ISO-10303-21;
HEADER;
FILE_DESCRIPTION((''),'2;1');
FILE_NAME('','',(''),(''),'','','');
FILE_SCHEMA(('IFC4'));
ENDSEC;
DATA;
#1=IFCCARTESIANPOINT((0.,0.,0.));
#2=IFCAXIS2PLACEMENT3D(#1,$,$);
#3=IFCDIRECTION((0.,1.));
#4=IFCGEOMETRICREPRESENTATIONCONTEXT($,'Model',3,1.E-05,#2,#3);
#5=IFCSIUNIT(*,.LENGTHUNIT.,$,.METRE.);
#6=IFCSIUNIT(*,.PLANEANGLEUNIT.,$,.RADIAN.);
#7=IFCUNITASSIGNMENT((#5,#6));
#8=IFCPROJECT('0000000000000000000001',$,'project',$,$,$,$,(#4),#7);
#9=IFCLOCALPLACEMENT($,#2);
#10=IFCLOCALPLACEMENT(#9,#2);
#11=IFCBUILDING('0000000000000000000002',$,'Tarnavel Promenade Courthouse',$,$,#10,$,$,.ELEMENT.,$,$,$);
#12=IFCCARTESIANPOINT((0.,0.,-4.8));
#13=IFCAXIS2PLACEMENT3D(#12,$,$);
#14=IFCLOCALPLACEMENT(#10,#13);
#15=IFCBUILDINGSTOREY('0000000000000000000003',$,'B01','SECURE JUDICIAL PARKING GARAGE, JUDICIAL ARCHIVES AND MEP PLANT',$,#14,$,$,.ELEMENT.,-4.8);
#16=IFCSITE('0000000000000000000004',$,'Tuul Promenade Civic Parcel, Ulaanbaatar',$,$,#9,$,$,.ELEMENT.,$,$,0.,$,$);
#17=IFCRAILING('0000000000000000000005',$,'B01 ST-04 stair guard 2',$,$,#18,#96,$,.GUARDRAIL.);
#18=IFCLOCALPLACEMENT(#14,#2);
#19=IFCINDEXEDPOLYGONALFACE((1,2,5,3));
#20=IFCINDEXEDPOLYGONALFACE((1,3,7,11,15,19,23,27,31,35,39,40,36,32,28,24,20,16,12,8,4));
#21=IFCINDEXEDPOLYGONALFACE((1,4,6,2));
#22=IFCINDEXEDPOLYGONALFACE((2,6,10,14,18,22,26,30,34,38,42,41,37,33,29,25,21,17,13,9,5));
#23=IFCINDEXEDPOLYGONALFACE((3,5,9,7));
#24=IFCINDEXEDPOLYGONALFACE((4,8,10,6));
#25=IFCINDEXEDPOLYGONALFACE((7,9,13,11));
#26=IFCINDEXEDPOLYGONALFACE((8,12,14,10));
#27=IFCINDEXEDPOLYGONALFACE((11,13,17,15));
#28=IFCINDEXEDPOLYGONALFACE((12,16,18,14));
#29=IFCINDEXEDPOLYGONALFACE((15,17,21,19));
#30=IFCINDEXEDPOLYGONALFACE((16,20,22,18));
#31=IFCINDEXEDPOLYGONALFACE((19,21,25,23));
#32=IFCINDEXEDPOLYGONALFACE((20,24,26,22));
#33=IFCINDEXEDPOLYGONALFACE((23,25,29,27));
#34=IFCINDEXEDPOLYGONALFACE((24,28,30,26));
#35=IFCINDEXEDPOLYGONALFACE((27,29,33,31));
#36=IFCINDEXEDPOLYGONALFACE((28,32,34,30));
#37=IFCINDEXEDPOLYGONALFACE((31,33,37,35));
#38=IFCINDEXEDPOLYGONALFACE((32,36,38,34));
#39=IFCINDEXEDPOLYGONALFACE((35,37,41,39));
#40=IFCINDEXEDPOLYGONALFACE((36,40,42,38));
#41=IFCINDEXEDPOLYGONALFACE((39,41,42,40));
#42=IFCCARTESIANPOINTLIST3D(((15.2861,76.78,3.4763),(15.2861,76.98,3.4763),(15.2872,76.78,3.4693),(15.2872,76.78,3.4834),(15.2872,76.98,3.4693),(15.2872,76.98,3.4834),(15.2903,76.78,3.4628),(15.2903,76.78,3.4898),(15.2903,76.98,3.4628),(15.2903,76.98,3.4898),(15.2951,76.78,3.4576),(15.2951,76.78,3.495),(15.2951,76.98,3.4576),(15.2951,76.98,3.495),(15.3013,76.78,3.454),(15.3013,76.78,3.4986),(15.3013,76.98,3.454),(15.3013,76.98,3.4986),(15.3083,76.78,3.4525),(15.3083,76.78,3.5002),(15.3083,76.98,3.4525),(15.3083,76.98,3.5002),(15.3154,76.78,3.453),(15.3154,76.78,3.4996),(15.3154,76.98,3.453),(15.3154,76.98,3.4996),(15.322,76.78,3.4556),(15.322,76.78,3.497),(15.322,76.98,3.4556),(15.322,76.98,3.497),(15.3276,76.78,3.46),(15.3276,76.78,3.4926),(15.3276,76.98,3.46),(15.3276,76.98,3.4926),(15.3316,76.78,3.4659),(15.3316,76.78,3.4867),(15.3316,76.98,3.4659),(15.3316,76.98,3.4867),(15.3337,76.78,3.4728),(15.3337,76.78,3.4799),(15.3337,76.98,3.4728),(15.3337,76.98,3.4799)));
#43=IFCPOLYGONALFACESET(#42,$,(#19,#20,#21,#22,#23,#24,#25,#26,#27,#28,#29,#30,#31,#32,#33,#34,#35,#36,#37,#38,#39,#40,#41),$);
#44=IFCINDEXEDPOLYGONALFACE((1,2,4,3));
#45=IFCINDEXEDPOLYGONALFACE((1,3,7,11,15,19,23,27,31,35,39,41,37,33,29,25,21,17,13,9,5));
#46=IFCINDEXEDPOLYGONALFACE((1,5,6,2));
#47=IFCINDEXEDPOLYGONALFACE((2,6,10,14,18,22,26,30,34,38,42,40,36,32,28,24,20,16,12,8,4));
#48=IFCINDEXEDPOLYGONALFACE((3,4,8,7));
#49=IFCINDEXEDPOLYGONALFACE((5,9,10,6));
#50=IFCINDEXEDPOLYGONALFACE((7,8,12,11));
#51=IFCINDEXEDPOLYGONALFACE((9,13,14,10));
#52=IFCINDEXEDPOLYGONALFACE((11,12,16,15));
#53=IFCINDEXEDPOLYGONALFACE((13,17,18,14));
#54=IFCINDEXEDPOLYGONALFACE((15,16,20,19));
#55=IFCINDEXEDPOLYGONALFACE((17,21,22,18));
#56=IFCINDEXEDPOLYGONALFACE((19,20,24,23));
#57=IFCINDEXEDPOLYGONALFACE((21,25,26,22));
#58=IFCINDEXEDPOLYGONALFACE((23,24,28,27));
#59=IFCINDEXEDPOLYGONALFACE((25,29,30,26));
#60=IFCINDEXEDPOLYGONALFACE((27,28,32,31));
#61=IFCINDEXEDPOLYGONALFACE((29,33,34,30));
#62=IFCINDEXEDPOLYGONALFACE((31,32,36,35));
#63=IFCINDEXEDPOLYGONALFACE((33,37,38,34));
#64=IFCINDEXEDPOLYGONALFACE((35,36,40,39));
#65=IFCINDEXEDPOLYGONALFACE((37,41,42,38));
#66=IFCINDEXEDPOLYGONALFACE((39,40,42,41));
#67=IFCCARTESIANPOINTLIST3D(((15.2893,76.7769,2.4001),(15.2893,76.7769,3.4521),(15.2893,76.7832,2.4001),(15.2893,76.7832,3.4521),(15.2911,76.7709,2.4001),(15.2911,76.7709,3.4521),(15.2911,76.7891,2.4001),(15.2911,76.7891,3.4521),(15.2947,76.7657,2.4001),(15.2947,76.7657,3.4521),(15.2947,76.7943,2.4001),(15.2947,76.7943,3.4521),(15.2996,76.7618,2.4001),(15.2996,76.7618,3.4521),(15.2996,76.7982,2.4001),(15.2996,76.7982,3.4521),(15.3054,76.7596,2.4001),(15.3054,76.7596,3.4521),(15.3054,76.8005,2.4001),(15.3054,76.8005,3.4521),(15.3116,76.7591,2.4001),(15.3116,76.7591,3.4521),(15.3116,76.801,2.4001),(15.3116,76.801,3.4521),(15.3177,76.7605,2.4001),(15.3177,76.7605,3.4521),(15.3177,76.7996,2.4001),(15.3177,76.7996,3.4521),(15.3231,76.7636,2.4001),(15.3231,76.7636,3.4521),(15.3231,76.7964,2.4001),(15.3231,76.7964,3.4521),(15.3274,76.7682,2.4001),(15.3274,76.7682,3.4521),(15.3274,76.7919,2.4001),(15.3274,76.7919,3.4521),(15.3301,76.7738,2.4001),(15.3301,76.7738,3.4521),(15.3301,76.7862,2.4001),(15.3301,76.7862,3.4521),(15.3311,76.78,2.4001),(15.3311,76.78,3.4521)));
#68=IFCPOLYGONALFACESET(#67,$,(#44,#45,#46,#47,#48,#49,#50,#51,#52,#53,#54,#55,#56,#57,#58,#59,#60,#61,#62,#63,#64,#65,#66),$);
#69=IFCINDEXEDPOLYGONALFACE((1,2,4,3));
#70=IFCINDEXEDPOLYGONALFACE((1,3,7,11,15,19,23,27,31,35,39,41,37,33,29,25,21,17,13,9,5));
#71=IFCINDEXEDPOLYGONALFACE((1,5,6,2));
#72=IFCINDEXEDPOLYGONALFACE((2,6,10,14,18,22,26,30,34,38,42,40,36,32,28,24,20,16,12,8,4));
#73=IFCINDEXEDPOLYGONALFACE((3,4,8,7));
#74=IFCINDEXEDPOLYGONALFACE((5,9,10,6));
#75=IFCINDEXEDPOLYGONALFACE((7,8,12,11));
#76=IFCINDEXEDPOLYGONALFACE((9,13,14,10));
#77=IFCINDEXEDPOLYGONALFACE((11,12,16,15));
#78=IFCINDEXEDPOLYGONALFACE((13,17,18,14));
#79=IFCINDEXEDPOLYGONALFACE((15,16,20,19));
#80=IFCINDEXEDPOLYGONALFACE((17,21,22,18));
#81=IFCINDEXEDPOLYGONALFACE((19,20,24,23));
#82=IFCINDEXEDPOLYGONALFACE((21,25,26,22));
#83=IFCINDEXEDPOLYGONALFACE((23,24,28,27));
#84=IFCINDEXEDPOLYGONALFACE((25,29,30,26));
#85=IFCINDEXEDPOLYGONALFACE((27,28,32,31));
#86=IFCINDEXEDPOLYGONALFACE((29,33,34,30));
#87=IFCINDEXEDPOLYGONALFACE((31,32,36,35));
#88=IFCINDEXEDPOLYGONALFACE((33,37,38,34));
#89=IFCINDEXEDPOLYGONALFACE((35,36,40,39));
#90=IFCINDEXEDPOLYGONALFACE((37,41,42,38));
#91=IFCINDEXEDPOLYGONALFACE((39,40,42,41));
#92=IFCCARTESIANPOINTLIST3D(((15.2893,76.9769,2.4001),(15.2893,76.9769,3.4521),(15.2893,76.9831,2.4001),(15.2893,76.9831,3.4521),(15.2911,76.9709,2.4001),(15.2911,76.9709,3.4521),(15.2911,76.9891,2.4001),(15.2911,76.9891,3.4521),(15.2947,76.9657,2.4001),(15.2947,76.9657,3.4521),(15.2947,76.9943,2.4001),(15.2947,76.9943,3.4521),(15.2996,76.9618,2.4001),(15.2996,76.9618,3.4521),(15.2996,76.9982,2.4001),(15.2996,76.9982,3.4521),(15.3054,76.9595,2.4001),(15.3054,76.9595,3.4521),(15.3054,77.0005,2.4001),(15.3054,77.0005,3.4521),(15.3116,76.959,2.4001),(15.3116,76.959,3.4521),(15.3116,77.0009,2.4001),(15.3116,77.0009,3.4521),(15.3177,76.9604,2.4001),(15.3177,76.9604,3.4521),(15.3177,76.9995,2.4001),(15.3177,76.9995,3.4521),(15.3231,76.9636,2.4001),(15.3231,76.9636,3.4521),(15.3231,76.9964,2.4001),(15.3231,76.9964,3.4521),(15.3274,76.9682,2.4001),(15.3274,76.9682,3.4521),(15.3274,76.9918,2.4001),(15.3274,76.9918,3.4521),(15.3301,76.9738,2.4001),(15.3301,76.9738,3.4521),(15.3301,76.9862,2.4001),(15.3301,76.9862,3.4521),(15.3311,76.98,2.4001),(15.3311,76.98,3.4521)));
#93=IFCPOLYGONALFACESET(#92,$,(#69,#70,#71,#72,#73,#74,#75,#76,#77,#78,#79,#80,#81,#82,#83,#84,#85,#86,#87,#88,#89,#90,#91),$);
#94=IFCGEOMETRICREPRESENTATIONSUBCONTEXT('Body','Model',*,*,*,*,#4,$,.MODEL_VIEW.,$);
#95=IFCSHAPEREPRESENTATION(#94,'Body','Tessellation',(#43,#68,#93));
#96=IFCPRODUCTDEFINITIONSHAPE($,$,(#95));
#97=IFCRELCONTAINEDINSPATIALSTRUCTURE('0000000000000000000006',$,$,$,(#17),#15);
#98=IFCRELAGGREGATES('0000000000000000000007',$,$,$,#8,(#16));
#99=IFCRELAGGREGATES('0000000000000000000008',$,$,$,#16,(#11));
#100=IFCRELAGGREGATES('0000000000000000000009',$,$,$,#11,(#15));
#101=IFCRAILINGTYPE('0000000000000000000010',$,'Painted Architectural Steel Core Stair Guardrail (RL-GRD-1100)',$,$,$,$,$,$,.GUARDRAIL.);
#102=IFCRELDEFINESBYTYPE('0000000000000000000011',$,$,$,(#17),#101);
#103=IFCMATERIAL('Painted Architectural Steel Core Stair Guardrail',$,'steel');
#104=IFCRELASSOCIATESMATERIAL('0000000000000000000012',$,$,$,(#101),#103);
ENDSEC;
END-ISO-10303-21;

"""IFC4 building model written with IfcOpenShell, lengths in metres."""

from ifc_helpers import new_model, si_unit, direction, frame, origin, origin_2d, place, context, subcontext, project, spatial, circle, extrude, material, type_object, element, save


model = new_model("IFC4")

# Units and contexts
model_context = context("Model", 3, precision=1e-05, world=origin(), true_north=direction((0.0, 1.0)))
body_context = subcontext(model_context, "Body", "Model", "MODEL_VIEW")
ifc_project = project(units=[si_unit("LENGTHUNIT", "METRE"), si_unit("PLANEANGLEUNIT", "RADIAN")], contexts=[model_context])

# Site, building, storey
site_placement = place(None, origin())
site = spatial("IfcSite", under=ifc_project, at=site_placement, Name="Tuul Promenade Civic Parcel, Ulaanbaatar", CompositionType="ELEMENT", RefElevation=0.0)
building_placement = place(site_placement, origin())
building = spatial("IfcBuilding", under=site, at=building_placement, Name="Tarnavel Promenade Courthouse", CompositionType="ELEMENT")
storey_placement = place(building_placement, frame((0.0, 0.0, -4.8)))
storey = spatial("IfcBuildingStorey", under=building, at=storey_placement, Name="B01", Description="SECURE JUDICIAL PARKING GARAGE, JUDICIAL ARCHIVES AND MEP PLANT", CompositionType="ELEMENT", Elevation=-4.8)

# Railing
ifc_material_1 = material(Name="Painted Architectural Steel Core Stair Guardrail", Category="steel")
railing_type_1 = type_object("IfcRailingType", Name="Painted Architectural Steel Core Stair Guardrail (RL-GRD-1100)", PredefinedType="GUARDRAIL", material=ifc_material_1)
railing_1_placement = place(storey_placement, frame((15.3101, 76.78, 2.4001)))
element("IfcRailing", 1, at=railing_1_placement, inside=storey, type_object=railing_type_1, Name="B01 ST-04 stair guard 2", PredefinedType="GUARDRAIL", context=body_context, shape_type="SweptSolid", body=[
    extrude(circle(Radius=0.0239, at=origin_2d()), frame((0.0, 0.0, 1.0762), z_axis=(0.0, 1.0, 0.0), x_axis=(-1.0, 0.0, 0.0)), (0.0, 0.0, 1.0), 0.2),
    extrude(circle(Radius=0.021, at=origin_2d()), origin(), (0.0, 0.0, 1.0), 1.052),
    extrude(circle(Radius=0.021, at=origin_2d()), frame((0.0, 0.2, 0.0)), (0.0, 0.0, 1.0), 1.052),
])

save(model, "model.ifc")
